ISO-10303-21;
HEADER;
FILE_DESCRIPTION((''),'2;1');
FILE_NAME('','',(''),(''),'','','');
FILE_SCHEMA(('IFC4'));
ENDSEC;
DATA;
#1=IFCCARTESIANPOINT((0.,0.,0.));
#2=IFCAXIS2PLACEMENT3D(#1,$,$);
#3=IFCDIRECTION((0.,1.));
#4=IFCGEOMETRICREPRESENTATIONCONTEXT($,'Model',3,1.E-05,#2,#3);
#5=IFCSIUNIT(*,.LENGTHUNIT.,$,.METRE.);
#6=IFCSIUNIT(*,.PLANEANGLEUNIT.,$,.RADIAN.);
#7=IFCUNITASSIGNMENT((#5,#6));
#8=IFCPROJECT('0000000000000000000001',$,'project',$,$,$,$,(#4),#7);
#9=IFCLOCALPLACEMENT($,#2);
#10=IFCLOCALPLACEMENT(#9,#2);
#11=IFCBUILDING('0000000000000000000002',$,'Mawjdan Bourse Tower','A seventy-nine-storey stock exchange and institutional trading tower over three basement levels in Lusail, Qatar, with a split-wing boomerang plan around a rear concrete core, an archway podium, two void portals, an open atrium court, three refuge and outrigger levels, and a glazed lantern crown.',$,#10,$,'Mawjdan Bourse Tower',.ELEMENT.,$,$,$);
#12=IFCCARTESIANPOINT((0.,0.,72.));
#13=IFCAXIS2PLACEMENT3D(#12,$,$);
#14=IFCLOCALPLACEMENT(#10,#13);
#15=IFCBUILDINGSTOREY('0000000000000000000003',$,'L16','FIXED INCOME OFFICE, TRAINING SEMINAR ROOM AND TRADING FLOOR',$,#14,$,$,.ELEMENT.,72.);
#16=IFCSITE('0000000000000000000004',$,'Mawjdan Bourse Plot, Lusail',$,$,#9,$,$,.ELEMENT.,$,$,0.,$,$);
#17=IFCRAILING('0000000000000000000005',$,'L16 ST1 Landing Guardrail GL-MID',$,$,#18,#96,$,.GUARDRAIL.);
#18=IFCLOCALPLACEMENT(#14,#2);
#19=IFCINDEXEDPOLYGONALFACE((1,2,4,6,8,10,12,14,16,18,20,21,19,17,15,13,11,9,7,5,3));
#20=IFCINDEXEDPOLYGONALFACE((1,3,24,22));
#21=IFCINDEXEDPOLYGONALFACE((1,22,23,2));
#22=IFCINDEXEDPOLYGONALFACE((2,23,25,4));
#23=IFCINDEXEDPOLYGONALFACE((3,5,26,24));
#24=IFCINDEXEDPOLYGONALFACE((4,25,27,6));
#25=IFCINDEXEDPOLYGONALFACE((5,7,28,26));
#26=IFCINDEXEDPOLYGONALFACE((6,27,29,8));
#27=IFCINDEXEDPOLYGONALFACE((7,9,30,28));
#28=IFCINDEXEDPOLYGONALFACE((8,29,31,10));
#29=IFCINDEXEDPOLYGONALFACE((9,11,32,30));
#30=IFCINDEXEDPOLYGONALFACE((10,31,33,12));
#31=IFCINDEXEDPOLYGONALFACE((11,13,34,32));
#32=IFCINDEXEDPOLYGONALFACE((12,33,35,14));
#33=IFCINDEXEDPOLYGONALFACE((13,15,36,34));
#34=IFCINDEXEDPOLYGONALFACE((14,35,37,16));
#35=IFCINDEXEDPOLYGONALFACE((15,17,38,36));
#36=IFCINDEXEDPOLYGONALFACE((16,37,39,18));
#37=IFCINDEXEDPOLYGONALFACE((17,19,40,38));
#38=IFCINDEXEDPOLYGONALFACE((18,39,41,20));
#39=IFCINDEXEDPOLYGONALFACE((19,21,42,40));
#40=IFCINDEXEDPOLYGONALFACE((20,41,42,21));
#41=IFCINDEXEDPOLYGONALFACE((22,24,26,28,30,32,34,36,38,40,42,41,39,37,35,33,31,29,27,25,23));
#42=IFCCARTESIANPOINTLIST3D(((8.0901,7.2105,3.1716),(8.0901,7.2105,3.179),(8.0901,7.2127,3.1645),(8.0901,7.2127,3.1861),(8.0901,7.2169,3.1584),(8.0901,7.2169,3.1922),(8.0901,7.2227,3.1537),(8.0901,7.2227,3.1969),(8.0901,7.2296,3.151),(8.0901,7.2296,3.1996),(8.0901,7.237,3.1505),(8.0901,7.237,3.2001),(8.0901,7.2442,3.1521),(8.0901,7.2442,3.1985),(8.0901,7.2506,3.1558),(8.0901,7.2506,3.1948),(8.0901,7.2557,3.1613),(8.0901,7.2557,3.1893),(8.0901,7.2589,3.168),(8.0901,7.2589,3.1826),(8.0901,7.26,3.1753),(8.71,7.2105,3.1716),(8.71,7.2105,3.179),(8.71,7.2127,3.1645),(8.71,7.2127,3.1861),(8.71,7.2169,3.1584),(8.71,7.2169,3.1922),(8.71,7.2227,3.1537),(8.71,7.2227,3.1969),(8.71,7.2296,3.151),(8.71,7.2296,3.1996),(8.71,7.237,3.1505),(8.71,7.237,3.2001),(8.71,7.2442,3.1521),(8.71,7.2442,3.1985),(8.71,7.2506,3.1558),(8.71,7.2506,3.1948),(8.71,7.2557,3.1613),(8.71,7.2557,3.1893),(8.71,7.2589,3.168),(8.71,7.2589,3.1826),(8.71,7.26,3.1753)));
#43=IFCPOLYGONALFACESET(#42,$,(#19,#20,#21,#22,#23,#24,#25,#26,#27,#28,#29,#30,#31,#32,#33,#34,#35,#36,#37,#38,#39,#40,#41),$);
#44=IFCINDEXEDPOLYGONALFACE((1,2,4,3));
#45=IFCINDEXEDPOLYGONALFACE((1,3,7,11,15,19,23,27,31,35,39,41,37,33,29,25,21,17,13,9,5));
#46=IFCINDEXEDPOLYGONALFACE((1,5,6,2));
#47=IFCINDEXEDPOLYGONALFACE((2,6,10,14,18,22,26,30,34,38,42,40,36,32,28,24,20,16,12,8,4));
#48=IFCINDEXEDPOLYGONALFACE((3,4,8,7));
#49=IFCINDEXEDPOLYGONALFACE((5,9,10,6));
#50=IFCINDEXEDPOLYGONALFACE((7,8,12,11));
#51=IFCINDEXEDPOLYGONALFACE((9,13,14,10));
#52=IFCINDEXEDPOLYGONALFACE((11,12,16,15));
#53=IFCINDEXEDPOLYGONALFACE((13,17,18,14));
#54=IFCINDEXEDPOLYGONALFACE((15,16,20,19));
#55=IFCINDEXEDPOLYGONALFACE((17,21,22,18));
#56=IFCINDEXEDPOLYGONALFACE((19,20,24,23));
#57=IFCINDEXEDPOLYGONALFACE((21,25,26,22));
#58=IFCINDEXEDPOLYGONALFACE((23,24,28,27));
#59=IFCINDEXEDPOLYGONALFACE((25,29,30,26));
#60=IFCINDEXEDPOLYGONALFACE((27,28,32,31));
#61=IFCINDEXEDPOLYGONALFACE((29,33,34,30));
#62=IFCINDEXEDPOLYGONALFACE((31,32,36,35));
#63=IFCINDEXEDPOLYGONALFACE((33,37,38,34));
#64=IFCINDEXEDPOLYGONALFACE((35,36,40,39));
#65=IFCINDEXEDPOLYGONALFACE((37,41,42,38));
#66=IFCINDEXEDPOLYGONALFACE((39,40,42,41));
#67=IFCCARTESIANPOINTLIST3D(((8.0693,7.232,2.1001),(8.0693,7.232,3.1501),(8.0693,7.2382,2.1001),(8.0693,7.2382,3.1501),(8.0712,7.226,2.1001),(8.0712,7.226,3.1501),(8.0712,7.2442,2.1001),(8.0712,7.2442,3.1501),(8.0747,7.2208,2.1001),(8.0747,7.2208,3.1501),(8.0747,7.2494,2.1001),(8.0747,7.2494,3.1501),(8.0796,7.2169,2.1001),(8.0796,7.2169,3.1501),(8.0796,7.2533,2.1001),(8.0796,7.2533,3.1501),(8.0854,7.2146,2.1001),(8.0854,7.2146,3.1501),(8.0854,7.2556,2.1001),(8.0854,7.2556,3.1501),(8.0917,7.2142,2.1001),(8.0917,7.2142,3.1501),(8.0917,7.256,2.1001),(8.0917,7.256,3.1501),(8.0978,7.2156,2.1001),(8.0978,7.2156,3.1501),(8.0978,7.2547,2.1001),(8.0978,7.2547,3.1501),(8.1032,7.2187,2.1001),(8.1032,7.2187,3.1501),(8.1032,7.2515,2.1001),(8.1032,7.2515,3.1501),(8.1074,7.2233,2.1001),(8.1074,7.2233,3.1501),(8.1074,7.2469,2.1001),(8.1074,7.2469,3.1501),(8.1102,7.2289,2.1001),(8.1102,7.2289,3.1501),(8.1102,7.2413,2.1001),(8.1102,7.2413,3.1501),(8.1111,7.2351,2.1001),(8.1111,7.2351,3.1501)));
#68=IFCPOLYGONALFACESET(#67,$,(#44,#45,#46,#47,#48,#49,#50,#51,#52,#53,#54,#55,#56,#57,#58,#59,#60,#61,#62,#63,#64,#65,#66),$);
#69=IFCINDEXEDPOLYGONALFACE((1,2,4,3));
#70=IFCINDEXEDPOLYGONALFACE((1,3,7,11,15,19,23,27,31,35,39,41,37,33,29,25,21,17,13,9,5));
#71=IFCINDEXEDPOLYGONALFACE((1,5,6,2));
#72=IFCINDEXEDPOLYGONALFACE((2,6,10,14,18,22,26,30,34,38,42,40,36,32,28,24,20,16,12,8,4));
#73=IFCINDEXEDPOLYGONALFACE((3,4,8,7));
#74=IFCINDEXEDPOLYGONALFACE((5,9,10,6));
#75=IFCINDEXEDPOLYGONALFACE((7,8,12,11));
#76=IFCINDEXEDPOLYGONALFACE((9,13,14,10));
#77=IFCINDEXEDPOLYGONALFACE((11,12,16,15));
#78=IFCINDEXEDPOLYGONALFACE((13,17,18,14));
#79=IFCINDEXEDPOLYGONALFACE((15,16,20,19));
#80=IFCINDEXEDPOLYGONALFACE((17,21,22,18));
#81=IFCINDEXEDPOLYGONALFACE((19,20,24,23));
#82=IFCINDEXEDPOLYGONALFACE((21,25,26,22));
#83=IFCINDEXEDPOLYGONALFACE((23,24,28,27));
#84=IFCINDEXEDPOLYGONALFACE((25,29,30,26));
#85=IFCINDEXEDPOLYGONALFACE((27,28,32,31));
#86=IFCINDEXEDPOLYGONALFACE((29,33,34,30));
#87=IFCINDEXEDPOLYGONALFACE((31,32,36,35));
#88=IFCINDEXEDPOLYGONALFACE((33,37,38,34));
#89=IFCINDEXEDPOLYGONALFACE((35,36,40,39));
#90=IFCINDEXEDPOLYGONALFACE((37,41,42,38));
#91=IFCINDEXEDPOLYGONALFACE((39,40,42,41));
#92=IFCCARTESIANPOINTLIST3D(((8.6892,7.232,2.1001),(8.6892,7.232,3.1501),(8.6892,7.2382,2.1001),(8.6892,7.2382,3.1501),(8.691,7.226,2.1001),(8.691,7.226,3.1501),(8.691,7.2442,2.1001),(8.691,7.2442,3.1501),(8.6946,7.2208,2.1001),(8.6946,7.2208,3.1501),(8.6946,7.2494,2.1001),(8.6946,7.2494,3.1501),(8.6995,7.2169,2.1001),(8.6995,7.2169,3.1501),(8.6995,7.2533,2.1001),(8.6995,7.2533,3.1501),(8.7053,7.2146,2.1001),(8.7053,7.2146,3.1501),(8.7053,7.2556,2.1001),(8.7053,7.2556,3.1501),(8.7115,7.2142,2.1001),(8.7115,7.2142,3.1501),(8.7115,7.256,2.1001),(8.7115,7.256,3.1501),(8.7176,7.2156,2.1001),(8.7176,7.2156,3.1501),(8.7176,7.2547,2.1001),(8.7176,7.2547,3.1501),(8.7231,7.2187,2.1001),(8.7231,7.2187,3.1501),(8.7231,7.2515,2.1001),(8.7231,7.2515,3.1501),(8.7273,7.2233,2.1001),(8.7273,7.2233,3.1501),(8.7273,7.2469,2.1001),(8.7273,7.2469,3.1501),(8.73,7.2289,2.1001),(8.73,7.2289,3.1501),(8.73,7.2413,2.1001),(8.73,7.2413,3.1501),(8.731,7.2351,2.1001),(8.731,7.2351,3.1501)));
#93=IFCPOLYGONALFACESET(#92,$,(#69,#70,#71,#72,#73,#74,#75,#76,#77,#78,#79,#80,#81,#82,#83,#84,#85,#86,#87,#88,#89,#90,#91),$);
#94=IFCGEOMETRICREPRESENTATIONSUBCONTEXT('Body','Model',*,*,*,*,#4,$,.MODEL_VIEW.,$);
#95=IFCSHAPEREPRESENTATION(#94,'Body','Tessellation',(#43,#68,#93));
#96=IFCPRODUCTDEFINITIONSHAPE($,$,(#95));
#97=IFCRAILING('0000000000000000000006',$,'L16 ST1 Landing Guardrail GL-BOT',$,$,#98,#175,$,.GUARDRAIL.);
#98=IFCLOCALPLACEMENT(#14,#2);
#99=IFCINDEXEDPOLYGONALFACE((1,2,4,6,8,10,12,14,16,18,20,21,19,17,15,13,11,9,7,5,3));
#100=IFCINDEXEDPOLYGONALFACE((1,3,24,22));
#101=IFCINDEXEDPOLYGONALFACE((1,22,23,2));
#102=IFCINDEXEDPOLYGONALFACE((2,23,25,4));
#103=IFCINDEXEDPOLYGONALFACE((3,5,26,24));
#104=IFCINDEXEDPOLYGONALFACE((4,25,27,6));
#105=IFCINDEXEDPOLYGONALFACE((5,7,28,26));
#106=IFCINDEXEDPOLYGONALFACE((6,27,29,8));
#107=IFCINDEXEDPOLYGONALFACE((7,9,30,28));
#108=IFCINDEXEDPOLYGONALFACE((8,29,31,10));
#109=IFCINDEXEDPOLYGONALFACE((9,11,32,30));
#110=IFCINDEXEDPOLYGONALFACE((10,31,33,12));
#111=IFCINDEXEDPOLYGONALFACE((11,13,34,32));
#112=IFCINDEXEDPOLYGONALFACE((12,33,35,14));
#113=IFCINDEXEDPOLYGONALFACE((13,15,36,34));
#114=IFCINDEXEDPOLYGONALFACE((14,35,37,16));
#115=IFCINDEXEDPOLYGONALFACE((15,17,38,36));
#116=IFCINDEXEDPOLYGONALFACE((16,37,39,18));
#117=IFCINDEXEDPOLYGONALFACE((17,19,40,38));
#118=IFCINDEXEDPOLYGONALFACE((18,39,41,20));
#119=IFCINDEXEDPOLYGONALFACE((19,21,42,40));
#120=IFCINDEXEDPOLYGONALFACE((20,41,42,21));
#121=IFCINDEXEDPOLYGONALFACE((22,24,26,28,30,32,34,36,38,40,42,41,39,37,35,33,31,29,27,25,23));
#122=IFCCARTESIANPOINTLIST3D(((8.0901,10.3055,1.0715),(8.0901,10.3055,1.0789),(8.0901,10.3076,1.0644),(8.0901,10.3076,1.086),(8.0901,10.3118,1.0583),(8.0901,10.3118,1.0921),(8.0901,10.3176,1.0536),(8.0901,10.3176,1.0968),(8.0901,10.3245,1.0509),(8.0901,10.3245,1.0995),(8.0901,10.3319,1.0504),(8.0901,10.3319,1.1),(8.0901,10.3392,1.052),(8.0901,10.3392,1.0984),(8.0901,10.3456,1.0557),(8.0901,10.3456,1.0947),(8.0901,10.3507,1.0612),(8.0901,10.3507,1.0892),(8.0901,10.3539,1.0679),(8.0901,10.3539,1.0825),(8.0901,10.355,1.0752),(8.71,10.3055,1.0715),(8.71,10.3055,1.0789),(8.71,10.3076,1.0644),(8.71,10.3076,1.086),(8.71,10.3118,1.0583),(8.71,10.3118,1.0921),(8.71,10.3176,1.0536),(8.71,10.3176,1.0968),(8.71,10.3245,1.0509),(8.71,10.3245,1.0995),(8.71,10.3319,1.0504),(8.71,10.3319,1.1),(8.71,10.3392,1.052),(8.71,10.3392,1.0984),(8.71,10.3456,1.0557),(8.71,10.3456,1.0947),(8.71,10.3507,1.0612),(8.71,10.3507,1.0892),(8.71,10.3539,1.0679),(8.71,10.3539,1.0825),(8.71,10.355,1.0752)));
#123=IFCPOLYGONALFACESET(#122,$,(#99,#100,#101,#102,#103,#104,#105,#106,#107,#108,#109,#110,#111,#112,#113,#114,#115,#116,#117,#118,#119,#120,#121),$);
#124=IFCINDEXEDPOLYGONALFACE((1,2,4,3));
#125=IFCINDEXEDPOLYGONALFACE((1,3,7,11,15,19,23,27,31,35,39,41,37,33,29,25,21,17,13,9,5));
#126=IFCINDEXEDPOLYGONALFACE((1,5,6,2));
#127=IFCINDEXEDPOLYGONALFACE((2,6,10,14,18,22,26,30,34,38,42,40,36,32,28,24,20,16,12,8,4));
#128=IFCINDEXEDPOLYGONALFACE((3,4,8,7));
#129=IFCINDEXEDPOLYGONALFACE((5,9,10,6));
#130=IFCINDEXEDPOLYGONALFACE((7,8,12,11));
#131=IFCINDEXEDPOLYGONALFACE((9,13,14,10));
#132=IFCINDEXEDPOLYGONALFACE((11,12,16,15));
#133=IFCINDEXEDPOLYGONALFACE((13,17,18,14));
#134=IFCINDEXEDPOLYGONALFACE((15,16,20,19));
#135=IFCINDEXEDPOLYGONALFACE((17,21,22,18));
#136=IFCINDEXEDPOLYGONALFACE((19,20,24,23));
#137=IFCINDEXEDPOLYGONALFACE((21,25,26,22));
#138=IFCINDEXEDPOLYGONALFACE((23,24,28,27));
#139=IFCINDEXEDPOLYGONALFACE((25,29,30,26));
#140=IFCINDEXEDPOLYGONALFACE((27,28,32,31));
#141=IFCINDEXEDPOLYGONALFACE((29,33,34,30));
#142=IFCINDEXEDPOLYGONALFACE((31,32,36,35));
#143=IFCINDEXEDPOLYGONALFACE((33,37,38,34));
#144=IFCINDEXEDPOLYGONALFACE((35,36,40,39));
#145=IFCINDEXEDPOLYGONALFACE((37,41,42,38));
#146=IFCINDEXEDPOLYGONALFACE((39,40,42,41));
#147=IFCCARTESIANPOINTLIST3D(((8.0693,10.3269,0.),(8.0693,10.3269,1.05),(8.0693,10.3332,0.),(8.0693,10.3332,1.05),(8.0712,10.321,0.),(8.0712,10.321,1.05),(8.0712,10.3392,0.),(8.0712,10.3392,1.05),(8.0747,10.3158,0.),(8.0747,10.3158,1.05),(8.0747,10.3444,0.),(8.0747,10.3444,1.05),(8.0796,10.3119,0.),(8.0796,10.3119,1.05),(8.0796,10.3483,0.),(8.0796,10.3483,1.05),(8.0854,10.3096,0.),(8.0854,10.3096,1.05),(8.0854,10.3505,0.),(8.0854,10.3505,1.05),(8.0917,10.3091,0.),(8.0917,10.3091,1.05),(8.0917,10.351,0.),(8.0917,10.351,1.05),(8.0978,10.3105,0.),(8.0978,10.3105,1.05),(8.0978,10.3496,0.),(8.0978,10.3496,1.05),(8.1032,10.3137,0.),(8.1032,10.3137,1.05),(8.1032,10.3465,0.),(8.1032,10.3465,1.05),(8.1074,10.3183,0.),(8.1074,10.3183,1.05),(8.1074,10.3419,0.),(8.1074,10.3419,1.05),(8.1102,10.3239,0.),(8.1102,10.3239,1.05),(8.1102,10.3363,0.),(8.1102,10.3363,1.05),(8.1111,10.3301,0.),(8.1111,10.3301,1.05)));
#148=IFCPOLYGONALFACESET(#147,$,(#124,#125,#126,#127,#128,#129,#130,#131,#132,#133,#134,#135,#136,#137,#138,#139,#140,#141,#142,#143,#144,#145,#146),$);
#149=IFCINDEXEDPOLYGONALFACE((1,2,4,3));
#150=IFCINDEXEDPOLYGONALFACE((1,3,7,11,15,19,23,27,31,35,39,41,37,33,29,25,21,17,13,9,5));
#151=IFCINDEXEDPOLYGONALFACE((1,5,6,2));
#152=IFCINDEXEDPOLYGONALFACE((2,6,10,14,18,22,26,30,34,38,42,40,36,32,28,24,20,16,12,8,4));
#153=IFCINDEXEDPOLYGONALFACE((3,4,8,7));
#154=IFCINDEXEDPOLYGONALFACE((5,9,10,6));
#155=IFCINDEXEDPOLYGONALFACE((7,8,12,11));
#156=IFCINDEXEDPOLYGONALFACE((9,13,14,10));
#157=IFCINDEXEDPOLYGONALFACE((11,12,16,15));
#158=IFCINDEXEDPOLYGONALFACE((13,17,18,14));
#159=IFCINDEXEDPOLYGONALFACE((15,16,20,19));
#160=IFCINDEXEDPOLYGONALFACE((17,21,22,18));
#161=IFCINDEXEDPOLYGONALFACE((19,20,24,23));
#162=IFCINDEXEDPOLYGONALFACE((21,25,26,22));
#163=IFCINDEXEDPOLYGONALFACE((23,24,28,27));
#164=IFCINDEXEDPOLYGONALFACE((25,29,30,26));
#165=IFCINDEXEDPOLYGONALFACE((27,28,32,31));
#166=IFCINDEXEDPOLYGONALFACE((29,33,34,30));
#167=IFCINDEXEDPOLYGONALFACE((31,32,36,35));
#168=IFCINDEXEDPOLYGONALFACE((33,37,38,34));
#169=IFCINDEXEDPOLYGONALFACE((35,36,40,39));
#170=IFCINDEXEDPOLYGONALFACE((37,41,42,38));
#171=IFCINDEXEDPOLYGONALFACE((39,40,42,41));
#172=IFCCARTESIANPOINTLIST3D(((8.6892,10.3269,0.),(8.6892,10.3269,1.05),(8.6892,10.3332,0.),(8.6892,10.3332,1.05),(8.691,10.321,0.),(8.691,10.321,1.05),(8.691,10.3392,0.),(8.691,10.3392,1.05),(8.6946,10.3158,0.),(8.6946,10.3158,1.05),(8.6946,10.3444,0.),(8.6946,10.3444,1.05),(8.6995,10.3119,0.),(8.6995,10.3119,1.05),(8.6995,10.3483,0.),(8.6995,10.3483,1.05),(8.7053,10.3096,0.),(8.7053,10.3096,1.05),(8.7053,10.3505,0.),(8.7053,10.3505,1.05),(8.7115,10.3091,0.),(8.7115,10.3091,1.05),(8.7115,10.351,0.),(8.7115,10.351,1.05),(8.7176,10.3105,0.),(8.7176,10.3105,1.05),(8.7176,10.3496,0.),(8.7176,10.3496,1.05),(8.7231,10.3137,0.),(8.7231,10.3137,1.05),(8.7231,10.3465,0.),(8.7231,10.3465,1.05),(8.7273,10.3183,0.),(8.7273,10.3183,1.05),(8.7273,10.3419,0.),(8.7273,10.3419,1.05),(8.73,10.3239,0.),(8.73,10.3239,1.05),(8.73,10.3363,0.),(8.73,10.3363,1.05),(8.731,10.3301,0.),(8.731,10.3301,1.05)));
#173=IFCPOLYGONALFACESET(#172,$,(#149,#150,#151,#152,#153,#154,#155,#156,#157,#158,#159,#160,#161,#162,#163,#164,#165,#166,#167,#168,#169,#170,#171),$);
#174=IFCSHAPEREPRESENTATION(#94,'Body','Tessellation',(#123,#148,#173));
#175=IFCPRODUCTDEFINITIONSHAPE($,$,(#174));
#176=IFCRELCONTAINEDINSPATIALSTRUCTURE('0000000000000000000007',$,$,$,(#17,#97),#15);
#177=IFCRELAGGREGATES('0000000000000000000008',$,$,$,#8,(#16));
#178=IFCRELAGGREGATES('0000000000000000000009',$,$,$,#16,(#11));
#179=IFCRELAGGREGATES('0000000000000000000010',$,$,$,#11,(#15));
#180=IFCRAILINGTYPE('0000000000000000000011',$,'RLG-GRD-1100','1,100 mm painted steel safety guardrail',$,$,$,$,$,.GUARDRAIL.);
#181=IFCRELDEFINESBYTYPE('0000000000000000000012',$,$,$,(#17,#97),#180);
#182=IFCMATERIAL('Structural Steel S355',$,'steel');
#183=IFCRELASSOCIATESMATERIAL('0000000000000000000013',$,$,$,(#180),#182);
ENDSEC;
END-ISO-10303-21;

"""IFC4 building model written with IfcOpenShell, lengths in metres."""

from ifc_helpers import new_model, si_unit, direction, frame, origin, origin_2d, place, context, subcontext, project, spatial, circle, extrude, material, type_object, element, save


model = new_model("IFC4")

# Units and contexts
model_context = context("Model", 3, precision=1e-05, world=origin(), true_north=direction((0.0, 1.0)))
body_context = subcontext(model_context, "Body", "Model", "MODEL_VIEW")
ifc_project = project(units=[si_unit("LENGTHUNIT", "METRE"), si_unit("PLANEANGLEUNIT", "RADIAN")], contexts=[model_context])

# Site, building, storey
site_placement = place(None, origin())
site = spatial("IfcSite", under=ifc_project, at=site_placement, Name="Mawjdan Bourse Plot, Lusail", CompositionType="ELEMENT", RefElevation=0.0)
building_placement = place(site_placement, origin())
building = spatial("IfcBuilding", under=site, at=building_placement, Name="Mawjdan Bourse Tower", Description="A seventy-nine-storey stock exchange and institutional trading tower over three basement levels in Lusail, Qatar, with a split-wing boomerang plan around a rear concrete core, an archway podium, two void portals, an open atrium court, three refuge and outrigger levels, and a glazed lantern crown.", LongName="Mawjdan Bourse Tower", CompositionType="ELEMENT")
storey_placement = place(building_placement, frame((0.0, 0.0, 72.0)))
storey = spatial("IfcBuildingStorey", under=building, at=storey_placement, Name="L16", Description="FIXED INCOME OFFICE, TRAINING SEMINAR ROOM AND TRADING FLOOR", CompositionType="ELEMENT", Elevation=72.0)

# Railings
ifc_material_1 = material(Name="Structural Steel S355", Category="steel")
railing_type_1 = type_object("IfcRailingType", Name="RLG-GRD-1100", Description="1,100 mm painted steel safety guardrail", PredefinedType="GUARDRAIL", material=ifc_material_1)
for number, where, name in (
    (1, (8.0901, 7.2351, 2.1001), "L16 ST1 Landing Guardrail GL-MID"),
    (2, (8.0901, 10.3301, 0.0), "L16 ST1 Landing Guardrail GL-BOT"),
):
    element("IfcRailing", number, at=place(storey_placement, frame(where)), inside=storey, type_object=railing_type_1, Name=name, PredefinedType="GUARDRAIL", context=body_context, shape_type="SweptSolid", body=[
        extrude(circle(Radius=0.0249, at=origin_2d()), frame((0.0, 0.0, 1.0752), z_axis=(1.0, 0.0, 0.0), x_axis=(0.0, 1.0, 0.0)), (0.0, 0.0, 1.0), 0.6199),
        extrude(circle(Radius=0.021, at=origin_2d()), origin(), (0.0, 0.0, 1.0), 1.05),
        extrude(circle(Radius=0.021, at=origin_2d()), frame((0.6199, 0.0, 0.0)), (0.0, 0.0, 1.0), 1.05),
    ])

save(model, "model.ifc")
